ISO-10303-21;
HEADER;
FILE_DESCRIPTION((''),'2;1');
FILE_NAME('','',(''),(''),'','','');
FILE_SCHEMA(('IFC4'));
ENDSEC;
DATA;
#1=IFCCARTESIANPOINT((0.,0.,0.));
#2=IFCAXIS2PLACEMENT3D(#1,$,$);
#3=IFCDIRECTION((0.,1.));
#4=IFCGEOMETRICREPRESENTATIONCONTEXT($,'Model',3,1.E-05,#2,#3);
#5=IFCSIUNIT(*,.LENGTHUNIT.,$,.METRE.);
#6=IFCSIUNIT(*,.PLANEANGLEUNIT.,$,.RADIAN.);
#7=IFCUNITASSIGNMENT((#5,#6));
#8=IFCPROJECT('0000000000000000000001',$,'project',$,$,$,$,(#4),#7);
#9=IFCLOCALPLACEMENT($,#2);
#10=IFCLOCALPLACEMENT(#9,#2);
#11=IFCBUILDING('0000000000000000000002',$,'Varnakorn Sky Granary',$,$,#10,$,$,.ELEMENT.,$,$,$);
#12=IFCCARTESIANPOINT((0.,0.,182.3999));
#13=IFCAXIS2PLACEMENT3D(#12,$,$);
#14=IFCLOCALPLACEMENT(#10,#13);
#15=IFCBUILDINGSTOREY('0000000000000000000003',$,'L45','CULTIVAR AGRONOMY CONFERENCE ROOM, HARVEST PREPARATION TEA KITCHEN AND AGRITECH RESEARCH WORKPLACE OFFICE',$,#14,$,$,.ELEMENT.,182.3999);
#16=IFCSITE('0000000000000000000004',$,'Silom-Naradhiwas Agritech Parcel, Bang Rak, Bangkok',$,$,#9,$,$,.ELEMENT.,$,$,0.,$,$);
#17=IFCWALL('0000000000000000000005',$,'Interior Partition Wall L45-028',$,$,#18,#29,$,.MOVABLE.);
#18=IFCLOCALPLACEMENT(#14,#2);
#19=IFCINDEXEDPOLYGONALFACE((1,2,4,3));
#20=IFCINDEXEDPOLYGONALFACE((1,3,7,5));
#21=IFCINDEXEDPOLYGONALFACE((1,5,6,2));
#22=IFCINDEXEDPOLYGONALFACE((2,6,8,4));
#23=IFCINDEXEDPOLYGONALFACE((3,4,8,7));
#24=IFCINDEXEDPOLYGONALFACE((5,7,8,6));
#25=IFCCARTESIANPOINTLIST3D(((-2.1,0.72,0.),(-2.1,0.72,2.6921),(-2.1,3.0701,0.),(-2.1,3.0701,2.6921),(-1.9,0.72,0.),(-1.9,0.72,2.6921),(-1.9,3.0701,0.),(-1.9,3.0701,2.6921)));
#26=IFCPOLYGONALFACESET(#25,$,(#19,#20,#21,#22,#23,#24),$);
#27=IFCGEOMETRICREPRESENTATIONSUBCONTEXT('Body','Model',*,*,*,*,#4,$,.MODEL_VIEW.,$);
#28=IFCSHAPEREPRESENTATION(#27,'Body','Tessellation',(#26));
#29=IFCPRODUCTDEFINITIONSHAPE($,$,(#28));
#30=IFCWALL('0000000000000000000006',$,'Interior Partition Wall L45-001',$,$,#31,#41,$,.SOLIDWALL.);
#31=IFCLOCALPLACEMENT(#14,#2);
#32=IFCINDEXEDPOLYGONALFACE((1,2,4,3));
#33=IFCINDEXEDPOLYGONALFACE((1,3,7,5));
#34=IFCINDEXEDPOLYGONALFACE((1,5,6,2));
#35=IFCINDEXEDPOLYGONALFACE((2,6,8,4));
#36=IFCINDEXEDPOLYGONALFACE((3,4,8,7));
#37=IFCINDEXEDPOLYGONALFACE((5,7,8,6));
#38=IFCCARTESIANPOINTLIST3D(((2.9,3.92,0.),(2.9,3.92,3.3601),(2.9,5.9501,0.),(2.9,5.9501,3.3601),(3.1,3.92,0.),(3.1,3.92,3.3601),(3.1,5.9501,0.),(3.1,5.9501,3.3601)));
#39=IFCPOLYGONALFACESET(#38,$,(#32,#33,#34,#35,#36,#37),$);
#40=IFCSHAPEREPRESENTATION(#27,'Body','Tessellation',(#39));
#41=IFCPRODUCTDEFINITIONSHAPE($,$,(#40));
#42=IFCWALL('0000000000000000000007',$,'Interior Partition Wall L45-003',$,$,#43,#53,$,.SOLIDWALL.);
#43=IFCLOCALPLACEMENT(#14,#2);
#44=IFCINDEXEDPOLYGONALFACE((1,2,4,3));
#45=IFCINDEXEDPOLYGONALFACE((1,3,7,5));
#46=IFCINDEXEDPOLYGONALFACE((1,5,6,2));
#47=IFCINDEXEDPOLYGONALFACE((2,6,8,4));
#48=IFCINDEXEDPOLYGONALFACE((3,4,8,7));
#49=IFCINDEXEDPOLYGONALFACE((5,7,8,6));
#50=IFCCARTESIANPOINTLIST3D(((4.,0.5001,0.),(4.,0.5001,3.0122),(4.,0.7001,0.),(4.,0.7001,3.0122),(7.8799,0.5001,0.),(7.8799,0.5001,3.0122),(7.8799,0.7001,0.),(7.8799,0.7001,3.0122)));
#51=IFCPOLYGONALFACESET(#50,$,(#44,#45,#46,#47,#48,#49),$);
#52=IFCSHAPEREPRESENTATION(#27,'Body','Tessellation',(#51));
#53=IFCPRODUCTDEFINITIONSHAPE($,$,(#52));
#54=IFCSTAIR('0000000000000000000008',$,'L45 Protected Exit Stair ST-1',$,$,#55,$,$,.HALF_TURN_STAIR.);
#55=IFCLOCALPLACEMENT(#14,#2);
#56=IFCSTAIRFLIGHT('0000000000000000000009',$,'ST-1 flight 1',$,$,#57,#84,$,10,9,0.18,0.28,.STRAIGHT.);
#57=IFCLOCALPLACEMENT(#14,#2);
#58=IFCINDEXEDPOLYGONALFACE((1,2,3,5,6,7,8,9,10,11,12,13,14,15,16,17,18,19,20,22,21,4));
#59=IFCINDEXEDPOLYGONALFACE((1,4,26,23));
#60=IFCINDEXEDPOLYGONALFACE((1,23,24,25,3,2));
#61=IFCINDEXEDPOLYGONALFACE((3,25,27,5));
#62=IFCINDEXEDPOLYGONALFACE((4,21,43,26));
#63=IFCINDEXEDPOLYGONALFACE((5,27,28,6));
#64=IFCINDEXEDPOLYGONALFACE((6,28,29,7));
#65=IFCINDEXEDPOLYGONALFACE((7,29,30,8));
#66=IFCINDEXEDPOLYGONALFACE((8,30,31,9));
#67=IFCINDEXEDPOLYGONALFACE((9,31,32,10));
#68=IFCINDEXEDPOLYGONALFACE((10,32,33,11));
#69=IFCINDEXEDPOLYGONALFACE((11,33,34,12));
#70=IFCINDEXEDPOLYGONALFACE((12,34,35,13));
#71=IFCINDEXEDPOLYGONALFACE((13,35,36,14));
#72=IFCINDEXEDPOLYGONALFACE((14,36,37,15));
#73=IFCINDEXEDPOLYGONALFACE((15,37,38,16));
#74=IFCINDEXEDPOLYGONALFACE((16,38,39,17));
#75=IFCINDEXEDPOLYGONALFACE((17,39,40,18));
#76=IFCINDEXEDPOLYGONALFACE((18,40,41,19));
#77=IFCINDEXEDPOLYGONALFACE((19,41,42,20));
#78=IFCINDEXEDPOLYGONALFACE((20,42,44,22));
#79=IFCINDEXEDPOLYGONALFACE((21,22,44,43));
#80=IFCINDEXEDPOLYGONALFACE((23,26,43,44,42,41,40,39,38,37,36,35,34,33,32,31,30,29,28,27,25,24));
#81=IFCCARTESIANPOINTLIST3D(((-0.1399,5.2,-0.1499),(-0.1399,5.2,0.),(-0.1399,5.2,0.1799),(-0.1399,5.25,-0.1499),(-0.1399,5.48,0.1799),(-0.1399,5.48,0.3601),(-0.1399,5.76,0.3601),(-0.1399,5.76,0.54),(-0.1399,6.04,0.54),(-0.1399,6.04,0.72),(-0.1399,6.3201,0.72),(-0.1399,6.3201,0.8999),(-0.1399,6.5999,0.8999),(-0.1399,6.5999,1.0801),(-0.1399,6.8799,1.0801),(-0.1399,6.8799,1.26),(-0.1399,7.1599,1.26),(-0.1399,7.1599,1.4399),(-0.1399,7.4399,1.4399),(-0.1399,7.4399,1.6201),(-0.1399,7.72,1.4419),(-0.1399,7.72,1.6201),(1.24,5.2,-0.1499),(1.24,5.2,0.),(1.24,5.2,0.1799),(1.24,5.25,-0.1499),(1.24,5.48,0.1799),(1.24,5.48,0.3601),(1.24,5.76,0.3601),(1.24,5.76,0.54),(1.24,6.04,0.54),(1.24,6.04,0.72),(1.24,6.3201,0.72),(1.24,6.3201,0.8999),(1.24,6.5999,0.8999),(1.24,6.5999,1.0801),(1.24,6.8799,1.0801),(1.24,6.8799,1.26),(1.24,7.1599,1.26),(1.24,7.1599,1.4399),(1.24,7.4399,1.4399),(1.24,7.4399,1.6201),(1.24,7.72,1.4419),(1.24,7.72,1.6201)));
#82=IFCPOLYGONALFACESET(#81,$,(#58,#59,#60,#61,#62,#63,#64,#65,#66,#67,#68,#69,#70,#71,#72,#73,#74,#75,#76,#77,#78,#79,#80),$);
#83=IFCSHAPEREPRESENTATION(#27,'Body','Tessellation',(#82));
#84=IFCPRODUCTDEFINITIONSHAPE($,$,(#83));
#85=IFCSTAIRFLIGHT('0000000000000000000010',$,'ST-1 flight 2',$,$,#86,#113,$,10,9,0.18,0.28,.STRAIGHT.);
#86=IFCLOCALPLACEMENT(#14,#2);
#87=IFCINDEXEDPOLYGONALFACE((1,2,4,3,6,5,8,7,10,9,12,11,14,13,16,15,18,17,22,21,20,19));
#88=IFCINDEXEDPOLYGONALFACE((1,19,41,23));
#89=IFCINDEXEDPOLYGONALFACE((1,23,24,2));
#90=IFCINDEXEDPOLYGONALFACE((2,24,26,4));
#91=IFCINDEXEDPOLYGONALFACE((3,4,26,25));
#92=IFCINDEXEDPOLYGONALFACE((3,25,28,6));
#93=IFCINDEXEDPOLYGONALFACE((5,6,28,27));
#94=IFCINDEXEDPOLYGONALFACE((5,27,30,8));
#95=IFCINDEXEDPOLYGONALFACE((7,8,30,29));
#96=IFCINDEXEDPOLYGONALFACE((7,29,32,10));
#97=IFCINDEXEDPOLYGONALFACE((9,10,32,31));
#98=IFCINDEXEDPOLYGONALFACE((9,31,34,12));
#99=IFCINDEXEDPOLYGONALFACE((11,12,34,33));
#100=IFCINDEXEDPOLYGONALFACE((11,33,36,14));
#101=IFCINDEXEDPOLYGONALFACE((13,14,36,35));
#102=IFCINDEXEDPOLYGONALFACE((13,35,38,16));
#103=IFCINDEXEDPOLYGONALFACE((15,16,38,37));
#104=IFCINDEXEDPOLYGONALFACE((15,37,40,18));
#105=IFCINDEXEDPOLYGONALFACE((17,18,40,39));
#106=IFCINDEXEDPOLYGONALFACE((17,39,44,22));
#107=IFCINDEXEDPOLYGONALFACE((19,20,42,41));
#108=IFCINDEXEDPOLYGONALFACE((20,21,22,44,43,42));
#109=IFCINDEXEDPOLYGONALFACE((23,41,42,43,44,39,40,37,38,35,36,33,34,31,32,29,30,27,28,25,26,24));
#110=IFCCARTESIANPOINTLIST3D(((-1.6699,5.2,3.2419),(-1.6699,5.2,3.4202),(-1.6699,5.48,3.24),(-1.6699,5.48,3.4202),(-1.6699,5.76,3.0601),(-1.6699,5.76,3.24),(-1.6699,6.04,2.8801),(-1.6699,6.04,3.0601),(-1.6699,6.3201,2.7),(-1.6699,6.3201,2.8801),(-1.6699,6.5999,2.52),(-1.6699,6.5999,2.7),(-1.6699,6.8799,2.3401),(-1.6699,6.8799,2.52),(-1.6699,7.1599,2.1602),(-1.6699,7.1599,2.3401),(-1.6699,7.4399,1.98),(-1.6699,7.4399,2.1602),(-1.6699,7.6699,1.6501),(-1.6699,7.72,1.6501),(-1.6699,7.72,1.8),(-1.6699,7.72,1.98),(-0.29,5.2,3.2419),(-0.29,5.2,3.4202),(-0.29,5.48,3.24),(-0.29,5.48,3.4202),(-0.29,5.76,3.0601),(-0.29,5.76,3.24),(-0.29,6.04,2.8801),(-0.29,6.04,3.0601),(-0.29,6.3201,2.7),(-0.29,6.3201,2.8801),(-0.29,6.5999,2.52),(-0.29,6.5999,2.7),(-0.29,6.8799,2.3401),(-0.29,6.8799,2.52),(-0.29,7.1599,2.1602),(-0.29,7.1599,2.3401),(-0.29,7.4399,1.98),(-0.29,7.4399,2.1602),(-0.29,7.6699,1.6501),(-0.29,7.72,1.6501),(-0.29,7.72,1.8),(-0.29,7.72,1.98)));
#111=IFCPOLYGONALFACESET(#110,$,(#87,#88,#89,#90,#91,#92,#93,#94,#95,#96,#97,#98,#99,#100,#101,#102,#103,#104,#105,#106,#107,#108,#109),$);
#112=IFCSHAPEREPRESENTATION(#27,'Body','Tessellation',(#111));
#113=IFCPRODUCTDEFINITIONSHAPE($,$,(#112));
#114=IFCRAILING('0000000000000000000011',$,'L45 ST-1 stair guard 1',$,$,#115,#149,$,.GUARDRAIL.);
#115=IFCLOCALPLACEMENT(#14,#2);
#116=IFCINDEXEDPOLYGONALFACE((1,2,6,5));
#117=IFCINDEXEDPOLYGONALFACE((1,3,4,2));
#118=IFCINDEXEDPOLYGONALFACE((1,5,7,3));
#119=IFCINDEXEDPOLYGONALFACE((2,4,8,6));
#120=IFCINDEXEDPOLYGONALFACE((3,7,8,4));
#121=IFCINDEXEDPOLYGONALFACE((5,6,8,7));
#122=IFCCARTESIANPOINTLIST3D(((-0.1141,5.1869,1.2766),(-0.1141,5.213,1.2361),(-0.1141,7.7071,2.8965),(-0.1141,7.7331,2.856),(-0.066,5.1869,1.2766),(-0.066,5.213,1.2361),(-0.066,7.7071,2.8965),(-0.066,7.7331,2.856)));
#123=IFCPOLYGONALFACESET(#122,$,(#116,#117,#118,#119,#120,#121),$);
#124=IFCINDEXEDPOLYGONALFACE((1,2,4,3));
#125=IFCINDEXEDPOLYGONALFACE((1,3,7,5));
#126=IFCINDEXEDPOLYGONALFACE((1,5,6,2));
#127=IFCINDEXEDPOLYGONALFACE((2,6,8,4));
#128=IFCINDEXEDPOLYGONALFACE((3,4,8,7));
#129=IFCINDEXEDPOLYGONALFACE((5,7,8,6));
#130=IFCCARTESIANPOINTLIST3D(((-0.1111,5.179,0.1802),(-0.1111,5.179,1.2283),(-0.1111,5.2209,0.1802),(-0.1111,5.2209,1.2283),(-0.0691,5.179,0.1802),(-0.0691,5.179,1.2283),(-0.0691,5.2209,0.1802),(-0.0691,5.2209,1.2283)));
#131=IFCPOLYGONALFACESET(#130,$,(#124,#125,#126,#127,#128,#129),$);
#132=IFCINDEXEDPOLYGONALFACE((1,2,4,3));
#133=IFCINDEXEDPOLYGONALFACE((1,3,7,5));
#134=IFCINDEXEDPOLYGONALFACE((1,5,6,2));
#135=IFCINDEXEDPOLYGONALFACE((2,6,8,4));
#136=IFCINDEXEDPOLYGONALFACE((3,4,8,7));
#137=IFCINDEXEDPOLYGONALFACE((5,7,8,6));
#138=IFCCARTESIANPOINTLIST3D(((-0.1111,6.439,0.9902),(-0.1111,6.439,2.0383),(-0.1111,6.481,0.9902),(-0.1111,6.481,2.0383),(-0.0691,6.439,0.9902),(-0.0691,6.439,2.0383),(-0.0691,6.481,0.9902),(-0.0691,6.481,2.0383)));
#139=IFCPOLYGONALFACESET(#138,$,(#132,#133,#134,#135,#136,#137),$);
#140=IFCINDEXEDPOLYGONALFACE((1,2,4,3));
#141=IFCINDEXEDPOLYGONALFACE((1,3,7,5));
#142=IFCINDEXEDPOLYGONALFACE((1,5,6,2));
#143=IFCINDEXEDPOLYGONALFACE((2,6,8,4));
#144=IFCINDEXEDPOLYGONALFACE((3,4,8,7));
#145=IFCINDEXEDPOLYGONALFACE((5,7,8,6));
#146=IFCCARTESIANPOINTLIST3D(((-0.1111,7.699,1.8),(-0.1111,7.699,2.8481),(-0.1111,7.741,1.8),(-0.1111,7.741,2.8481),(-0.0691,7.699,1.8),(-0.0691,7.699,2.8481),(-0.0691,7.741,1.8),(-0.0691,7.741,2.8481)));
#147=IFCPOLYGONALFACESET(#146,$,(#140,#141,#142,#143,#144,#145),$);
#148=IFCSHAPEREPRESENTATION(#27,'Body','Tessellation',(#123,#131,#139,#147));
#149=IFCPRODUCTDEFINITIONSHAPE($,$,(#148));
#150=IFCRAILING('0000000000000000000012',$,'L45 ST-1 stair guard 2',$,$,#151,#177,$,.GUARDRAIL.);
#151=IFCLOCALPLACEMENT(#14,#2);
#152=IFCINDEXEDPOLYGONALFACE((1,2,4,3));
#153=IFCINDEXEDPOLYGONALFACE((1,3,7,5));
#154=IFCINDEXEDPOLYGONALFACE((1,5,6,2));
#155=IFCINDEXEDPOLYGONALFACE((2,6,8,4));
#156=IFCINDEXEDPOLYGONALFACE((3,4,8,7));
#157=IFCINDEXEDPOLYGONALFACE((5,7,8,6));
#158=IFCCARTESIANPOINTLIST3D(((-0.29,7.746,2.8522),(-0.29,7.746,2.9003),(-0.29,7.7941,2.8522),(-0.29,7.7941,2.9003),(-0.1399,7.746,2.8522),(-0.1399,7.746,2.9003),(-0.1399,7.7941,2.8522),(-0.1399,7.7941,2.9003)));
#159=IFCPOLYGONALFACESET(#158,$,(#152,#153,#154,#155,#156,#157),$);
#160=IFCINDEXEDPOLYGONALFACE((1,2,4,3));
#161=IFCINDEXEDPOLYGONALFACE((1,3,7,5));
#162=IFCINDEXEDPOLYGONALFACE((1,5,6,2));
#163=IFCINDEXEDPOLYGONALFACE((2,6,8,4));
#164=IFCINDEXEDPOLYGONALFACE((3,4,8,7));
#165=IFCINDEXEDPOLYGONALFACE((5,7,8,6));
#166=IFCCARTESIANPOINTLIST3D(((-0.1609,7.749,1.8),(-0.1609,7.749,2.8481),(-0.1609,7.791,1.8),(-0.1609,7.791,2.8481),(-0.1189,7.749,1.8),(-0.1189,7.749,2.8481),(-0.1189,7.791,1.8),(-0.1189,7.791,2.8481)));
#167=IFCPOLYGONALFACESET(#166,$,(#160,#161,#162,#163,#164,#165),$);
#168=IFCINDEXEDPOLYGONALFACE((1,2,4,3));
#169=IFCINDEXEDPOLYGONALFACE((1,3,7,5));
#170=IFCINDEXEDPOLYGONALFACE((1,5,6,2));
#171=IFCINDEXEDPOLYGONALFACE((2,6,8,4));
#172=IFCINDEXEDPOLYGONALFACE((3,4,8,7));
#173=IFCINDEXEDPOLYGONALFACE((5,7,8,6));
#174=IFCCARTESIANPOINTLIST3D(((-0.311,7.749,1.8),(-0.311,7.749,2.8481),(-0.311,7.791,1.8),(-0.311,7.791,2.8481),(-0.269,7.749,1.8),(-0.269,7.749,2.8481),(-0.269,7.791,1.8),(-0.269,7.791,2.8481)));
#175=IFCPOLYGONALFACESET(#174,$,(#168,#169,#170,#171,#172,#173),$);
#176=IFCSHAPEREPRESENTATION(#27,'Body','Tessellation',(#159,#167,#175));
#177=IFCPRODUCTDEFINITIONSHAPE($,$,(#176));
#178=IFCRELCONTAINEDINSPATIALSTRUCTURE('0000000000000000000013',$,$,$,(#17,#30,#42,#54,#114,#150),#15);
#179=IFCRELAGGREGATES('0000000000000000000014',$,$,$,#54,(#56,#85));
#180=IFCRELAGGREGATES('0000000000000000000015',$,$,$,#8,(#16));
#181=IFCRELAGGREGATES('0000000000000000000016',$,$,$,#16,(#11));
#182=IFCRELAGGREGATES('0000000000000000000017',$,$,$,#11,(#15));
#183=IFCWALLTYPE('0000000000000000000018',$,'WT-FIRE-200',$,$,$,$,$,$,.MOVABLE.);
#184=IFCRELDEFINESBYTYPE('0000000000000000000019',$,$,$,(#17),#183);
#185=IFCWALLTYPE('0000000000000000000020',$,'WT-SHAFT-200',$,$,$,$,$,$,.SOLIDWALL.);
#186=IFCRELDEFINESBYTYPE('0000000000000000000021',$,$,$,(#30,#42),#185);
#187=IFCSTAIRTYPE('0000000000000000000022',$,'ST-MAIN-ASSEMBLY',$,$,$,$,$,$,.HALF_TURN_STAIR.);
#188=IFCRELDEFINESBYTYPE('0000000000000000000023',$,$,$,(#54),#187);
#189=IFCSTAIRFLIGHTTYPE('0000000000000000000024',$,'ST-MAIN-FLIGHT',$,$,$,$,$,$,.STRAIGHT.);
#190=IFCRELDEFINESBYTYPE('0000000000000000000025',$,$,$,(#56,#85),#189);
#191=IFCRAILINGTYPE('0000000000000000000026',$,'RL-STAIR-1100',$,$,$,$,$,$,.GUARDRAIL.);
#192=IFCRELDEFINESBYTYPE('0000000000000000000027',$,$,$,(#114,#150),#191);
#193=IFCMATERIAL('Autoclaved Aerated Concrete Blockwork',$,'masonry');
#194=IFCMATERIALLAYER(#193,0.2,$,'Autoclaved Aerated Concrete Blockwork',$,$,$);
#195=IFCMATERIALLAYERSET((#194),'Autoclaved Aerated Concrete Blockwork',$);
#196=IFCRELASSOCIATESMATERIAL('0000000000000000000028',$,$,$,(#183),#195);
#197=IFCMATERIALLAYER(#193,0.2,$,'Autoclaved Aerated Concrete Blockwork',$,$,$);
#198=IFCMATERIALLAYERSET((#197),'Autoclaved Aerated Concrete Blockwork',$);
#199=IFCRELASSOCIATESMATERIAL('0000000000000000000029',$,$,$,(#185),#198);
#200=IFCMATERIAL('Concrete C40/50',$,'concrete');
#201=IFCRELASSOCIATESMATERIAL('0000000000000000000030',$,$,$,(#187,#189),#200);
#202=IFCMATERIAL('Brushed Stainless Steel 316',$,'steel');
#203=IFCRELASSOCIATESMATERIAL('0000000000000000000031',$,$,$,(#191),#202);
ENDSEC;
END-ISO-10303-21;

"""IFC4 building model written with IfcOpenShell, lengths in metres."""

from ifc_helpers import new_model, si_unit, direction, frame, frame_2d, origin, origin_2d, place, context, subcontext, project, spatial, polyline, rectangle, outline, extrude, material, layer, layer_set, type_object, element, aggregate, save


model = new_model("IFC4")

# Units and contexts
model_context = context("Model", 3, precision=1e-05, world=origin(), true_north=direction((0.0, 1.0)))
body_context = subcontext(model_context, "Body", "Model", "MODEL_VIEW")
ifc_project = project(units=[si_unit("LENGTHUNIT", "METRE"), si_unit("PLANEANGLEUNIT", "RADIAN")], contexts=[model_context])

# Site, building, storey
site_placement = place(None, origin())
site = spatial("IfcSite", under=ifc_project, at=site_placement, Name="Silom-Naradhiwas Agritech Parcel, Bang Rak, Bangkok", CompositionType="ELEMENT", RefElevation=0.0)
building_placement = place(site_placement, origin())
building = spatial("IfcBuilding", under=site, at=building_placement, Name="Varnakorn Sky Granary", CompositionType="ELEMENT")
storey_placement = place(building_placement, frame((0.0, 0.0, 182.3999)))
storey = spatial("IfcBuildingStorey", under=building, at=storey_placement, Name="L45", Description="CULTIVAR AGRONOMY CONFERENCE ROOM, HARVEST PREPARATION TEA KITCHEN AND AGRITECH RESEARCH WORKPLACE OFFICE", CompositionType="ELEMENT", Elevation=182.3999)

# Shared definitions
ifc_material_1 = material(Name="Autoclaved Aerated Concrete Blockwork", Category="masonry")
ifc_layer_1 = layer(ifc_material_1, 0.2, Name="Autoclaved Aerated Concrete Blockwork")
ifc_layer_set_1 = layer_set([ifc_layer_1], Name="Autoclaved Aerated Concrete Blockwork")
wall_type_1 = type_object("IfcWallType", Name="WT-FIRE-200", PredefinedType="MOVABLE", material=ifc_layer_set_1)

# Walls
wall_1_placement = place(storey_placement, frame((-2.0, 0.72, 0.0), z_axis=(0.0, 0.0, 1.0), x_axis=(0.0, 1.0, 0.0)))
element("IfcWall", 1, at=wall_1_placement, inside=storey, type_object=wall_type_1, Name="Interior Partition Wall L45-028", PredefinedType="MOVABLE", context=body_context, shape_type="SweptSolid", body=[
    extrude(rectangle(XDim=2.3501, YDim=0.2, at=frame_2d((1.175, 0.0))), origin(), (0.0, 0.0, 1.0), 2.6921),
])
ifc_layer_2 = layer(ifc_material_1, 0.2, Name="Autoclaved Aerated Concrete Blockwork")
ifc_layer_set_2 = layer_set([ifc_layer_2], Name="Autoclaved Aerated Concrete Blockwork")
wall_type_2 = type_object("IfcWallType", Name="WT-SHAFT-200", PredefinedType="SOLIDWALL", material=ifc_layer_set_2)
wall_2_placement = place(storey_placement, frame((3.0, 3.9199, 0.0), z_axis=(0.0, 0.0, 1.0), x_axis=(0.0, 1.0, 0.0)))
element("IfcWall", 2, at=wall_2_placement, inside=storey, type_object=wall_type_2, Name="Interior Partition Wall L45-001", PredefinedType="SOLIDWALL", context=body_context, shape_type="SweptSolid", body=[
    extrude(rectangle(XDim=2.03, YDim=0.2, at=frame_2d((1.0151, 0.0))), origin(), (0.0, 0.0, 1.0), 3.3601),
])
wall_3_placement = place(storey_placement, frame((4.0, 0.6001, 0.0), z_axis=(0.0, 0.0, 1.0), x_axis=(1.0, 0.0, 0.0)))
element("IfcWall", 3, at=wall_3_placement, inside=storey, type_object=wall_type_2, Name="Interior Partition Wall L45-003", PredefinedType="SOLIDWALL", context=body_context, shape_type="SweptSolid", body=[
    extrude(rectangle(XDim=3.8799, YDim=0.2, at=frame_2d((1.9399, 0.0))), origin(), (0.0, 0.0, 1.0), 3.0122),
])

# Stair, stair flights
ifc_material_2 = material(Name="Concrete C40/50", Category="concrete")
stair_type = type_object("IfcStairType", Name="ST-MAIN-ASSEMBLY", PredefinedType="HALF_TURN_STAIR", material=ifc_material_2)
stair_placement = place(storey_placement, origin())
stair = element("IfcStair", 4, at=stair_placement, inside=storey, type_object=stair_type, Name="L45 Protected Exit Stair ST-1", PredefinedType="HALF_TURN_STAIR")
stair_flight_type = type_object("IfcStairFlightType", Name="ST-MAIN-FLIGHT", PredefinedType="STRAIGHT", material=ifc_material_2)
stair_flight_1_placement = place(storey_placement, frame((0.55, 5.2, 0.0), z_axis=(0.0, 0.0, 1.0), x_axis=(0.0, 1.0, 0.0)))
stair_flight_1 = element("IfcStairFlight", 5, at=stair_flight_1_placement, type_object=stair_flight_type, Name="ST-1 flight 1", NumberOfRisers=10, NumberOfTreads=9, PredefinedType="STRAIGHT", RiserHeight=0.18, TreadLength=0.28, context=body_context, shape_type="SweptSolid", body=[
    extrude(outline(polyline([(0.0, -0.1499), (0.0, 0.0), (0.0, 0.1799), (0.28, 0.1799), (0.28, 0.3601), (0.5601, 0.3601), (0.5601, 0.54), (0.8401, 0.54), (0.8401, 0.72), (1.1201, 0.72), (1.1201, 0.8999), (1.3999, 0.8999), (1.3999, 1.0801), (1.6799, 1.0801), (1.6799, 1.26), (1.96, 1.26), (1.96, 1.4399), (2.24, 1.4399), (2.24, 1.6201), (2.52, 1.6201), (2.52, 1.8), (2.52, 1.4419), (0.05, -0.1499), (0.0, -0.1499)])), frame((0.0, 0.6899, 0.0), z_axis=(0.0, -1.0, 0.0), x_axis=(1.0, 0.0, 0.0)), (0.0, 0.0, 1.0), 1.3799),
])
stair_flight_2_placement = place(storey_placement, frame((-0.98, 7.72, 1.8), z_axis=(0.0, 0.0, 1.0), x_axis=(0.0, -1.0, 0.0)))
stair_flight_2 = element("IfcStairFlight", 6, at=stair_flight_2_placement, type_object=stair_flight_type, Name="ST-1 flight 2", NumberOfRisers=10, NumberOfTreads=9, PredefinedType="STRAIGHT", RiserHeight=0.18, TreadLength=0.28, context=body_context, shape_type="SweptSolid", body=[
    extrude(outline(polyline([(0.0, -0.1499), (0.0, 0.0), (0.0, 0.1799), (0.28, 0.1799), (0.28, 0.3601), (0.5601, 0.3601), (0.5601, 0.54), (0.8401, 0.54), (0.8401, 0.72), (1.1201, 0.72), (1.1201, 0.8999), (1.3999, 0.8999), (1.3999, 1.0801), (1.6799, 1.0801), (1.6799, 1.26), (1.96, 1.26), (1.96, 1.4399), (2.24, 1.4399), (2.24, 1.6201), (2.52, 1.6201), (2.52, 1.8), (2.52, 1.4419), (0.05, -0.1499), (0.0, -0.1499)])), frame((0.0, 0.6899, 0.0), z_axis=(0.0, -1.0, 0.0), x_axis=(1.0, 0.0, 0.0)), (0.0, 0.0, 1.0), 1.3799),
])
aggregate(stair, [stair_flight_1, stair_flight_2])

# Railings
ifc_material_3 = material(Name="Brushed Stainless Steel 316", Category="steel")
railing_type_1 = type_object("IfcRailingType", Name="RL-STAIR-1100", PredefinedType="GUARDRAIL", material=ifc_material_3)
railing_1_placement = place(storey_placement, frame((-0.0901, 5.2, 0.1802)))
element("IfcRailing", 7, at=railing_1_placement, inside=storey, type_object=railing_type_1, Name="L45 ST-1 stair guard 1", PredefinedType="GUARDRAIL", context=body_context, shape_type="SweptSolid", body=[
    extrude(rectangle(XDim=0.0481, YDim=0.0481, at=origin_2d()), frame((0.0, 0.0, 1.0762), z_axis=(0.0, 0.8412, 0.540725), x_axis=(-1.0, 0.0, 0.0)), (0.0, 0.0, 1.0), 2.9958),
    extrude(rectangle(XDim=0.042, YDim=0.042, at=origin_2d()), origin(), (0.0, 0.0, 1.0), 1.0481),
    extrude(rectangle(XDim=0.042, YDim=0.042, at=origin_2d()), frame((0.0, 1.26, 0.8101)), (0.0, 0.0, 1.0), 1.0481),
    extrude(rectangle(XDim=0.042, YDim=0.042, at=origin_2d()), frame((0.0, 2.52, 1.6199)), (0.0, 0.0, 1.0), 1.0481),
])
railing_2_placement = place(storey_placement, frame((-0.1399, 7.77, 1.8)))
element("IfcRailing", 8, at=railing_2_placement, inside=storey, type_object=railing_type_1, Name="L45 ST-1 stair guard 2", PredefinedType="GUARDRAIL", context=body_context, shape_type="SweptSolid", body=[
    extrude(rectangle(XDim=0.0481, YDim=0.0481, at=origin_2d()), frame((0.0, 0.0, 1.0762), z_axis=(-1.0, 0.0, 0.0), x_axis=(0.0, -1.0, 0.0)), (0.0, 0.0, 1.0), 0.1501),
    extrude(rectangle(XDim=0.042, YDim=0.042, at=origin_2d()), origin(), (0.0, 0.0, 1.0), 1.0481),
    extrude(rectangle(XDim=0.042, YDim=0.042, at=origin_2d()), frame((-0.1501, 0.0, 0.0)), (0.0, 0.0, 1.0), 1.0481),
])

save(model, "model.ifc")
